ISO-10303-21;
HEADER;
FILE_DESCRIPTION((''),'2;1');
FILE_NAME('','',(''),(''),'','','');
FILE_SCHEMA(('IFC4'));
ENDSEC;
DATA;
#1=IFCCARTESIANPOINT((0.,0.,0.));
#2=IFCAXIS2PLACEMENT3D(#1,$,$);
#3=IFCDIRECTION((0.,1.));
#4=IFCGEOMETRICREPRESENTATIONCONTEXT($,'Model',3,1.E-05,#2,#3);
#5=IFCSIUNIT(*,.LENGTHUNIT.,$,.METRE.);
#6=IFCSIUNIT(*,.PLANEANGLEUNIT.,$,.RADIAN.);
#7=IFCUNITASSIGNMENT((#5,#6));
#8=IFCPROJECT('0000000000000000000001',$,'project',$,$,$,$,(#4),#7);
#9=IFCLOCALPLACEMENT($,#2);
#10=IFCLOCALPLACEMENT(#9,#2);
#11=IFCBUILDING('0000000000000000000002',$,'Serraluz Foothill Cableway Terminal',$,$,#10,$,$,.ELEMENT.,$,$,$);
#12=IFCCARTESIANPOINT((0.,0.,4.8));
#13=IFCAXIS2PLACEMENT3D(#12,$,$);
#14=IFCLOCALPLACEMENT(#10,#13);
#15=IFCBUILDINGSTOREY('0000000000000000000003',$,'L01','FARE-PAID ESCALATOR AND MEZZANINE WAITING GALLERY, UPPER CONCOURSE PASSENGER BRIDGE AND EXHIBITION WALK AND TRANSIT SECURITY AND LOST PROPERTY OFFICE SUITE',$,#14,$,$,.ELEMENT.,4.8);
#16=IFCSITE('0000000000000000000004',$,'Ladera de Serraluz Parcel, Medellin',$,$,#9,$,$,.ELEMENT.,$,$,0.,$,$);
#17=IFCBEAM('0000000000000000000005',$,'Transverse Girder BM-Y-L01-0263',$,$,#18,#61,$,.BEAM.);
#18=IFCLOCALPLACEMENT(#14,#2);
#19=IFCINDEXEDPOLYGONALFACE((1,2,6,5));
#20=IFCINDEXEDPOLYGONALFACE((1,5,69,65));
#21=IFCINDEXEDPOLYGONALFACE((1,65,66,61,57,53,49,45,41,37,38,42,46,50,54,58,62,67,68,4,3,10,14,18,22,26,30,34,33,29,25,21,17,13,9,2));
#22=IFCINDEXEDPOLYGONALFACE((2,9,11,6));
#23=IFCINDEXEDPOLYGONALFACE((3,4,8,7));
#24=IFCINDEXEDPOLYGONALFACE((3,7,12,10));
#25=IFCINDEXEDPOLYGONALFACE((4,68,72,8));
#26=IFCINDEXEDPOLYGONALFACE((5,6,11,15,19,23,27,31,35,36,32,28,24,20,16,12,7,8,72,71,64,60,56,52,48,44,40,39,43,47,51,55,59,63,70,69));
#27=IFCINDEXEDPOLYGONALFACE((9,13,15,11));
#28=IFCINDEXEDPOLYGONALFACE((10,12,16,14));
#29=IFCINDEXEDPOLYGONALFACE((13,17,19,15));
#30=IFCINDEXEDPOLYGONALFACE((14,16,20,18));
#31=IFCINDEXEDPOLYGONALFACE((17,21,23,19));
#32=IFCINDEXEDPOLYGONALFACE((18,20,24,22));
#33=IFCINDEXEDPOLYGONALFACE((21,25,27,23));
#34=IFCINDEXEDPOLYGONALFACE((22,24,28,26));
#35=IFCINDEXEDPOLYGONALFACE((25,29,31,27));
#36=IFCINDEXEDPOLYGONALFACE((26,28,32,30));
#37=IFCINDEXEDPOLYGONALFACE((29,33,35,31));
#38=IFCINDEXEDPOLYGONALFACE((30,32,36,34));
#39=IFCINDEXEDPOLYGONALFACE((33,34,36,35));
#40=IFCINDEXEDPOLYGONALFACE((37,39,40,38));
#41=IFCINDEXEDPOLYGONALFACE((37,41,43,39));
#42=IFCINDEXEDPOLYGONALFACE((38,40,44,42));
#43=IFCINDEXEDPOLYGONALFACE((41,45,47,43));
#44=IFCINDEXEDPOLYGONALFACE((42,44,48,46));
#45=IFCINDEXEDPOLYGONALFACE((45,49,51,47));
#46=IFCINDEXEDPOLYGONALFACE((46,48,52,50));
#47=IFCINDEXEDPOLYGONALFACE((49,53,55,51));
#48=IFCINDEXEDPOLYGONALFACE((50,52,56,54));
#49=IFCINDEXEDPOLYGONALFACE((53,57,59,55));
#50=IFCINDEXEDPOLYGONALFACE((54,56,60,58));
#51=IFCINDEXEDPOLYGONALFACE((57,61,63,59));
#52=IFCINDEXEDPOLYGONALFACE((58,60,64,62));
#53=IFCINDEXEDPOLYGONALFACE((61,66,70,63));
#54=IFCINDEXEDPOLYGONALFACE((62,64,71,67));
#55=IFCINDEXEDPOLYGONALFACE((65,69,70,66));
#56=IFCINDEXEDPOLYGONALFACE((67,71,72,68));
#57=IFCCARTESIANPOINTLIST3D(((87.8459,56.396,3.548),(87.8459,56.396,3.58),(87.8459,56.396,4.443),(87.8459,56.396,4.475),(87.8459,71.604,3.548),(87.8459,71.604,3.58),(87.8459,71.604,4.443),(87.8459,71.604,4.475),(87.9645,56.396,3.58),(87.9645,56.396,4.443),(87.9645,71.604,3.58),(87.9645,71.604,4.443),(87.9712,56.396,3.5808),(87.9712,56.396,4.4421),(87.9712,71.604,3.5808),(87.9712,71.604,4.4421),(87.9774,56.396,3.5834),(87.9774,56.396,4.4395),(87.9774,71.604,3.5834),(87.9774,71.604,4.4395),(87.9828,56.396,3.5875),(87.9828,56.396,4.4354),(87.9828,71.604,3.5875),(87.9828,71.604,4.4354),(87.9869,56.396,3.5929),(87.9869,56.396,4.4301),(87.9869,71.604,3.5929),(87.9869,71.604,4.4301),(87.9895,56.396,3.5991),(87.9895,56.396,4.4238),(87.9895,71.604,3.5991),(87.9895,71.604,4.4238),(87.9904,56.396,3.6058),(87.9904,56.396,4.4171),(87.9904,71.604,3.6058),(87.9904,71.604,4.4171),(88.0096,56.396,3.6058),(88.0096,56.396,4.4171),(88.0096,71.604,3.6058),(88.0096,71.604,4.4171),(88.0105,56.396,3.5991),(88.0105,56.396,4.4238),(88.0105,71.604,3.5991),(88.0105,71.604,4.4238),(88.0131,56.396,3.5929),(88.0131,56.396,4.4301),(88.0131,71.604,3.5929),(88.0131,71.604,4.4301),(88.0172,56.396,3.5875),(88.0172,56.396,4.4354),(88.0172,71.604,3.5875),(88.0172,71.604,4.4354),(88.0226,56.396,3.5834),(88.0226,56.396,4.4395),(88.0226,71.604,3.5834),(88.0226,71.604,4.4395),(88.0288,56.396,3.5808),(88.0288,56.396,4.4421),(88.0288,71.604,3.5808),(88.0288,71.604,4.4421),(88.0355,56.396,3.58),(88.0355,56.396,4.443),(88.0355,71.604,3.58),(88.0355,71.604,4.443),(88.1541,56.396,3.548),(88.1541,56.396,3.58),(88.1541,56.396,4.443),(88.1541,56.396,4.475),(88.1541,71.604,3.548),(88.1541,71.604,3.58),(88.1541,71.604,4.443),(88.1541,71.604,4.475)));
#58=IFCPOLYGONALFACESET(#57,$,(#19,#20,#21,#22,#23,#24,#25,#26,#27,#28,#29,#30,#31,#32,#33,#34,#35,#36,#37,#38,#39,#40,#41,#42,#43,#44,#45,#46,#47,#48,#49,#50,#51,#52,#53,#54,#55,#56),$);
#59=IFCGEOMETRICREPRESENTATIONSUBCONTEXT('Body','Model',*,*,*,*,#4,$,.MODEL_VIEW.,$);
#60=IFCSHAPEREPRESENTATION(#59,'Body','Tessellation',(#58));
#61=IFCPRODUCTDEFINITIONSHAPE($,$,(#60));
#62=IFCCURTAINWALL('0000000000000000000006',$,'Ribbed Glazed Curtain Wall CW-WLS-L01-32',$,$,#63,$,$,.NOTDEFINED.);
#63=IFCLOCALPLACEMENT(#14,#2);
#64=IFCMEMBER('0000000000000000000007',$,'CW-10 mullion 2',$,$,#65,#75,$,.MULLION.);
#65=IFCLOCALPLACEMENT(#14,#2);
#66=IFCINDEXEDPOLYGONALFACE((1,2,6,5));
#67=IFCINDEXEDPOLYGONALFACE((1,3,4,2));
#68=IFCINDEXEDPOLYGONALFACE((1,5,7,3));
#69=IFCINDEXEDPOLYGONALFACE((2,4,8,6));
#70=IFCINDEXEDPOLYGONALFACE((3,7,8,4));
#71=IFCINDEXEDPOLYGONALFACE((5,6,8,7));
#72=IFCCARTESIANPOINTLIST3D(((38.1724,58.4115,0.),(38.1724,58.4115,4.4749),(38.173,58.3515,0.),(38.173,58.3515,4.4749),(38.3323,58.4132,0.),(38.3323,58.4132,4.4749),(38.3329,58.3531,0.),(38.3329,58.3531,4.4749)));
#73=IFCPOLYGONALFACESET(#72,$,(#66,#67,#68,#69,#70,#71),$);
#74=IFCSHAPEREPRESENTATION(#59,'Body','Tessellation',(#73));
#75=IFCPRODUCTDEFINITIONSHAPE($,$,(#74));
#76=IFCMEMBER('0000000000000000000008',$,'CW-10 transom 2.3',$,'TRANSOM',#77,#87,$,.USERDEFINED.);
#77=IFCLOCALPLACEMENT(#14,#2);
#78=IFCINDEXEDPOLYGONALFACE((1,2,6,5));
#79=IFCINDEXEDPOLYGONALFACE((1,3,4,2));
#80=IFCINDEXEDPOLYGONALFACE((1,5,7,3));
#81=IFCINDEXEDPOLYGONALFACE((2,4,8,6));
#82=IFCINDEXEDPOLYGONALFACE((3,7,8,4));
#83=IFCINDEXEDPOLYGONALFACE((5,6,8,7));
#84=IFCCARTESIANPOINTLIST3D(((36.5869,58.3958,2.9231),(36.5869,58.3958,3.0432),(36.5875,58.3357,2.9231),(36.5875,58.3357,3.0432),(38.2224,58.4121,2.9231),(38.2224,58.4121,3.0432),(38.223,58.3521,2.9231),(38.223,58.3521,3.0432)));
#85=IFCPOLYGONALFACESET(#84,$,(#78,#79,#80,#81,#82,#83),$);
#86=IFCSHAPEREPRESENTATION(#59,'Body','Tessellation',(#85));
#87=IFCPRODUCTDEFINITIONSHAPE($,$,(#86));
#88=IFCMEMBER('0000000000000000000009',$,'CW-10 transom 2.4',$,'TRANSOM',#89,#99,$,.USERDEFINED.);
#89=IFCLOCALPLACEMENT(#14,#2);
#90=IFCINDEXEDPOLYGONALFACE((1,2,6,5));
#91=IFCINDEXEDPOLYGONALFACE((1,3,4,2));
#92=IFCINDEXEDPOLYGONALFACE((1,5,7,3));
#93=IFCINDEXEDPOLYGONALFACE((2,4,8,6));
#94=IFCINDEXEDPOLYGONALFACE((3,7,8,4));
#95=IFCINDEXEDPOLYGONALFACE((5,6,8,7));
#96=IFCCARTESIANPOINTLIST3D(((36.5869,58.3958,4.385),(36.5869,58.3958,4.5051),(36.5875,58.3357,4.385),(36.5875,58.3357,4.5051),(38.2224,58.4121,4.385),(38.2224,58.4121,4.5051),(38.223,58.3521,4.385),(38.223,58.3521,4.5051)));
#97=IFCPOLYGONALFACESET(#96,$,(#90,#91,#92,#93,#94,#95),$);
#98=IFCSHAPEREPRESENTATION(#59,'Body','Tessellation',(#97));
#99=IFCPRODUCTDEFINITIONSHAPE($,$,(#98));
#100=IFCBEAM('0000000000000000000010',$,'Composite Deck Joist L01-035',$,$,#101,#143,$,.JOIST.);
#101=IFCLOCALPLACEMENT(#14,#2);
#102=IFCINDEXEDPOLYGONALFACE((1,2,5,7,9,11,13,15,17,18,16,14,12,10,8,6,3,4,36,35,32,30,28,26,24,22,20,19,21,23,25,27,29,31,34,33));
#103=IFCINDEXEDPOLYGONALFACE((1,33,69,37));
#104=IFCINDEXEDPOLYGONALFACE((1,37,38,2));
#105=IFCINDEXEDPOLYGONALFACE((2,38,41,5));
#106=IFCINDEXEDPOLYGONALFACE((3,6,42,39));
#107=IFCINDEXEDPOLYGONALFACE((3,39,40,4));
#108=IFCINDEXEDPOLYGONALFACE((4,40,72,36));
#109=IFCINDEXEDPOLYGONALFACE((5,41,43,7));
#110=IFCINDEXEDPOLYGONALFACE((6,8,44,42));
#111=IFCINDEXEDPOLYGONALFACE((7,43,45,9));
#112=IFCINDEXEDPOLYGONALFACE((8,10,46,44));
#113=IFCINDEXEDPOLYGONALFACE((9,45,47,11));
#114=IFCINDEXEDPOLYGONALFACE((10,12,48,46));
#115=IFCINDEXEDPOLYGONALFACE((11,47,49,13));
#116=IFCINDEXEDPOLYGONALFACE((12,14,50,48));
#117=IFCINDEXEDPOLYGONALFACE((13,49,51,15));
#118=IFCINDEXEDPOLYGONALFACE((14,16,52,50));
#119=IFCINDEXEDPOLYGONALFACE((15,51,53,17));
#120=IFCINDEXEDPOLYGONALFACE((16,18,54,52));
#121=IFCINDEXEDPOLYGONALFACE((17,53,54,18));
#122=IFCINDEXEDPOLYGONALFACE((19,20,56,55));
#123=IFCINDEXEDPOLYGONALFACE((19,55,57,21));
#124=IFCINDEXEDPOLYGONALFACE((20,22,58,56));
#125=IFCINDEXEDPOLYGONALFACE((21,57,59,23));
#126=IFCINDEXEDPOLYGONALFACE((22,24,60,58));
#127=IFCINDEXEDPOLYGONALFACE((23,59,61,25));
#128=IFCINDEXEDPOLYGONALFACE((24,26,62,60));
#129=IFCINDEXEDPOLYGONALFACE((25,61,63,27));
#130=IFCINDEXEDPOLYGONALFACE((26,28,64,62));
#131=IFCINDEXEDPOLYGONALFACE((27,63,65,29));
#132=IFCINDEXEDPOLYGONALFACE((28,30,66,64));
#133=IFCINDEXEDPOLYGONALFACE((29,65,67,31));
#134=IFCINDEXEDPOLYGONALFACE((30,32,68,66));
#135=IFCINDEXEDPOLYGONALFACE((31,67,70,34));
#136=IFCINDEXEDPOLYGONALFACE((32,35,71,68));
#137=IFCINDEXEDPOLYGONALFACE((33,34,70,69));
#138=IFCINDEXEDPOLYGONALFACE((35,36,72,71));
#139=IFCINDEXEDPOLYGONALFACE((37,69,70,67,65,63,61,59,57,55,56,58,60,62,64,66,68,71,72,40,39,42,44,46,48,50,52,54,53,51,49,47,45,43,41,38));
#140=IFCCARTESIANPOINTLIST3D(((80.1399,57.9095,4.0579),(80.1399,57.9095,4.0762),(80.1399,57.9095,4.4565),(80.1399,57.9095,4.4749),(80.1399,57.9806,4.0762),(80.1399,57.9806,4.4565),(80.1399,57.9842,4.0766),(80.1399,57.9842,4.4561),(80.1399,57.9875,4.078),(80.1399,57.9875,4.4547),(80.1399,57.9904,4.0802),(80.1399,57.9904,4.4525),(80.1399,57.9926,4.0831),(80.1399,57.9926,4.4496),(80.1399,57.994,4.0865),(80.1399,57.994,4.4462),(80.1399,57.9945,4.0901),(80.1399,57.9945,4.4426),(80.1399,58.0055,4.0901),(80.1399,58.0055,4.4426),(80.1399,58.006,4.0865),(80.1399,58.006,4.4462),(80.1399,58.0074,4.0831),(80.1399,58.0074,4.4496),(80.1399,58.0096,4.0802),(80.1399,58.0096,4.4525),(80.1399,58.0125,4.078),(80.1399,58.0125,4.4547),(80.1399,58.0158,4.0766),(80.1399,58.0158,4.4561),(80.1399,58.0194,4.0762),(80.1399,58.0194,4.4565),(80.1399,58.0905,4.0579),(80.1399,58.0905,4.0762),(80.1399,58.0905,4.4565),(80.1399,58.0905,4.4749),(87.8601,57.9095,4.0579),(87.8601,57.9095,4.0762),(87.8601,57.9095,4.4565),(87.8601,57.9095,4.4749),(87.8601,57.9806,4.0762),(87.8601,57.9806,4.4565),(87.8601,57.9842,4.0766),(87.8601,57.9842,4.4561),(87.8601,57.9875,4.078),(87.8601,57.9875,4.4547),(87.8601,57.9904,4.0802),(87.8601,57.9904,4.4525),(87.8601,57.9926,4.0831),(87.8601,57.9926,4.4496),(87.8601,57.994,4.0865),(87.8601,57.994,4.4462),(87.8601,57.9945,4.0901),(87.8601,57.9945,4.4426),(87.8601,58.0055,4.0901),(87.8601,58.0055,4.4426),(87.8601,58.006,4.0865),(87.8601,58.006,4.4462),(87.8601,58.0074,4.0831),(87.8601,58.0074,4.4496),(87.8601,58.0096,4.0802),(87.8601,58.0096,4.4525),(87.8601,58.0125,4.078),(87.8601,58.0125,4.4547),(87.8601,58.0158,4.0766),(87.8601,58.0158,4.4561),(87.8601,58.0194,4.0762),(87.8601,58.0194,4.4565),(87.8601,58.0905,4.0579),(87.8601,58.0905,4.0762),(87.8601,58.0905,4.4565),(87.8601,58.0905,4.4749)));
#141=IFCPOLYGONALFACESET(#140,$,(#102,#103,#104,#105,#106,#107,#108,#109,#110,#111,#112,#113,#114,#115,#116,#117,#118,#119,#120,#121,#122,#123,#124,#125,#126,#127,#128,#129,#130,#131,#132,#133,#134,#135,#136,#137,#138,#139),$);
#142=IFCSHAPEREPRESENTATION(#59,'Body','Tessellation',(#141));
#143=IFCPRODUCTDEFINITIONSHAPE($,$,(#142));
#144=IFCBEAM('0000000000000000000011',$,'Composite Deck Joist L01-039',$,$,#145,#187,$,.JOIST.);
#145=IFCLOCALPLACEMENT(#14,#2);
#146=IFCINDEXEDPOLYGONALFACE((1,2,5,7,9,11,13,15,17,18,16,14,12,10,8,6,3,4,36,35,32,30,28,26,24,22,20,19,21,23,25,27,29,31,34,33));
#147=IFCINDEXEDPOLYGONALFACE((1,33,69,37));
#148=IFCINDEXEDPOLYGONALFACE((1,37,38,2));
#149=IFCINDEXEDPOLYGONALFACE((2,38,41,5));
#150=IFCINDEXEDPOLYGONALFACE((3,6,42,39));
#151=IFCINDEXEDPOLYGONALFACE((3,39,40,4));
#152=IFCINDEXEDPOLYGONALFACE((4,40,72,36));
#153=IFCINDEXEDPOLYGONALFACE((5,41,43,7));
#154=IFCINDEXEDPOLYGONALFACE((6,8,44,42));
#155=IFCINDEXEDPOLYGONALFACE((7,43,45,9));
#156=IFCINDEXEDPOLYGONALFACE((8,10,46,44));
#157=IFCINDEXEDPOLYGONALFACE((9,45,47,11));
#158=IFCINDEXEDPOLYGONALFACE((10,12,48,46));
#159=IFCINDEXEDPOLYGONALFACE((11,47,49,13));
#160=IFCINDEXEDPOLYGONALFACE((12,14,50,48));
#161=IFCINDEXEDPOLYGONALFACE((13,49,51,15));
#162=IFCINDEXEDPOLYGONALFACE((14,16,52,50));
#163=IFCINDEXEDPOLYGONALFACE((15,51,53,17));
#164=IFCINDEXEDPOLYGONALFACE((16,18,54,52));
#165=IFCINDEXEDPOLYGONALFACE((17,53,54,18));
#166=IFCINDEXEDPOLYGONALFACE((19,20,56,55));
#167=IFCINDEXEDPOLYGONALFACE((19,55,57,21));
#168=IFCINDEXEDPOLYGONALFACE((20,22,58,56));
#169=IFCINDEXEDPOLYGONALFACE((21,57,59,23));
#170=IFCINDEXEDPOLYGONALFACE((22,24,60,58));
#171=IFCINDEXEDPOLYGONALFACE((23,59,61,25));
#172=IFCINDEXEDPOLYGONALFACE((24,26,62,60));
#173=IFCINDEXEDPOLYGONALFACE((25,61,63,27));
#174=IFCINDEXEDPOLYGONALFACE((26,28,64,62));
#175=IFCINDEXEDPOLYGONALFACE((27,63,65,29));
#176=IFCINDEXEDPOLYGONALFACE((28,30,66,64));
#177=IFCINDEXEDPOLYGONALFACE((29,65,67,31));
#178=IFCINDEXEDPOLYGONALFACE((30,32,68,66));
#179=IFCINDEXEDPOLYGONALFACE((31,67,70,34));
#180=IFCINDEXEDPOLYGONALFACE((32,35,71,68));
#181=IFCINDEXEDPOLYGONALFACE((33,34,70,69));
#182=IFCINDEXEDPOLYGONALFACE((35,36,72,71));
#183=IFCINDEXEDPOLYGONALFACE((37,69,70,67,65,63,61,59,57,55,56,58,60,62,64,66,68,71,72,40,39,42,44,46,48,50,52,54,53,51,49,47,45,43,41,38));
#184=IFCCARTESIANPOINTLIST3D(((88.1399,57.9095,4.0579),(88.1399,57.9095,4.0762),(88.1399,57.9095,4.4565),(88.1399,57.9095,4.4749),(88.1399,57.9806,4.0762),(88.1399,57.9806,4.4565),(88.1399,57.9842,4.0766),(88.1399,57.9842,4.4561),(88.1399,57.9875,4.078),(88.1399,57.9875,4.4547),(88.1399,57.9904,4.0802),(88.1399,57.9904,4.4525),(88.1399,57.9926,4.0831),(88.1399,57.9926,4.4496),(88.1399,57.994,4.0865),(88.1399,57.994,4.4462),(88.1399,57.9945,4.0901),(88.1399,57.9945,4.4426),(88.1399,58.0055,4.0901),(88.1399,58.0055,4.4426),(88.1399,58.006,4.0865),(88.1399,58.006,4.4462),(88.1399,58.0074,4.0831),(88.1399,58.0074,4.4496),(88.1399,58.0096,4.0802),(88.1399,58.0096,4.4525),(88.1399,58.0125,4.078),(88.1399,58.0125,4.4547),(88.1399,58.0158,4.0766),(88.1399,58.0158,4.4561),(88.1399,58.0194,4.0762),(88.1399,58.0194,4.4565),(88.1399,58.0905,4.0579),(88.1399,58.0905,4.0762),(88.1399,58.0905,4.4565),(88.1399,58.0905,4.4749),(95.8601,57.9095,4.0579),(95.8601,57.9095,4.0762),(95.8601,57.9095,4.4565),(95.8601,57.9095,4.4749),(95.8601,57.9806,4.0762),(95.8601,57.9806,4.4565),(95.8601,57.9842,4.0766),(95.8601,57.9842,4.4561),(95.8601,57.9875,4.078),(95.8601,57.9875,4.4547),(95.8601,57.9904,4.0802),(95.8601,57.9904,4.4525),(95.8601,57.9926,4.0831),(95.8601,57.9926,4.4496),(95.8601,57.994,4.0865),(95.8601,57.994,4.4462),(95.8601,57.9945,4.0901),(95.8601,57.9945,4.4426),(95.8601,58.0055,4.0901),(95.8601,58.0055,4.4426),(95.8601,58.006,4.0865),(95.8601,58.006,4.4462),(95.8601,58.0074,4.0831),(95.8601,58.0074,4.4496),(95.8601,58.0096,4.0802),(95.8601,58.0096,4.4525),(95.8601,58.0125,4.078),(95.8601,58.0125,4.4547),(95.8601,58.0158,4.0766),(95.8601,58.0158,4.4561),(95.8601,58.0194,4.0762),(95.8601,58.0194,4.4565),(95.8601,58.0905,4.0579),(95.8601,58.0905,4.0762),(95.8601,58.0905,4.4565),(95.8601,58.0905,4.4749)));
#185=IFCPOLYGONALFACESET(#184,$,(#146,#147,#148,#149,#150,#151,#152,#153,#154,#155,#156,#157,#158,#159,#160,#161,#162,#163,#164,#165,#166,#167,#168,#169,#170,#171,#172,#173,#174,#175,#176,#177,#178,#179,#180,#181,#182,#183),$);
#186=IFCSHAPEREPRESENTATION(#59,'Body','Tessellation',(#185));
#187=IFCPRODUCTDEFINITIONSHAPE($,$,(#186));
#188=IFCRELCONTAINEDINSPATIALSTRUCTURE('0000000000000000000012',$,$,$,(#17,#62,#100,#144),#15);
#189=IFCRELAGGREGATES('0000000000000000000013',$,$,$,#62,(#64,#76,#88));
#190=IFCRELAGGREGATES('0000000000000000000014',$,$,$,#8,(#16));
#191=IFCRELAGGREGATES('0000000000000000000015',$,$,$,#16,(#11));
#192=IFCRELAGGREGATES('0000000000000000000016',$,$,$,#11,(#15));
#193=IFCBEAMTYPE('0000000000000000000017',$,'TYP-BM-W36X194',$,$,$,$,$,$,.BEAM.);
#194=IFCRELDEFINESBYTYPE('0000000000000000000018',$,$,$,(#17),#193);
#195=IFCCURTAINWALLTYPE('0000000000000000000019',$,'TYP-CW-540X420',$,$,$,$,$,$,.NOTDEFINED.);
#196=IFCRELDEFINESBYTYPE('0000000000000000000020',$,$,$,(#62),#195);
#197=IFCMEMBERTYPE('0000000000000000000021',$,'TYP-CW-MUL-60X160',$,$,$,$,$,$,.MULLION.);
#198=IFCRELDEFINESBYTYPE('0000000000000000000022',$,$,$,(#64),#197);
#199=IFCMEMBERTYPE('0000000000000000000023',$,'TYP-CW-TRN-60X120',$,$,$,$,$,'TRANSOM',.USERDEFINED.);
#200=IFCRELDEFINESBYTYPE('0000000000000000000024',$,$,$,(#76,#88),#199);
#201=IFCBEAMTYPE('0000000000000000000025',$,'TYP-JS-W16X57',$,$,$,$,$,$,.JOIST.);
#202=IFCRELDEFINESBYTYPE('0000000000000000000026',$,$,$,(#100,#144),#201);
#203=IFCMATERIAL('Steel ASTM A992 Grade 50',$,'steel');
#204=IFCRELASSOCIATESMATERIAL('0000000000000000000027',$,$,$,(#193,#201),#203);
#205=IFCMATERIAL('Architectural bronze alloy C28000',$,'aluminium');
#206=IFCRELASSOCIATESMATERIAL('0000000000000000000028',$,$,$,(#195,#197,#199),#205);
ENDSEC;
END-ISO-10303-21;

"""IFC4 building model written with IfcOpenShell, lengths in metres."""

from ifc_helpers import new_model, si_unit, direction, frame, origin, origin_2d, place, context, subcontext, project, spatial, rectangle, i_section, extrude, material, material_profile, profile_set, type_object, element, aggregate, save


model = new_model("IFC4")

# Units and contexts
model_context = context("Model", 3, precision=1e-05, world=origin(), true_north=direction((0.0, 1.0)))
body_context = subcontext(model_context, "Body", "Model", "MODEL_VIEW")
ifc_project = project(units=[si_unit("LENGTHUNIT", "METRE"), si_unit("PLANEANGLEUNIT", "RADIAN")], contexts=[model_context])

# Site, building, storey
site_placement = place(None, origin())
site = spatial("IfcSite", under=ifc_project, at=site_placement, Name="Ladera de Serraluz Parcel, Medellin", CompositionType="ELEMENT", RefElevation=0.0)
building_placement = place(site_placement, origin())
building = spatial("IfcBuilding", under=site, at=building_placement, Name="Serraluz Foothill Cableway Terminal", CompositionType="ELEMENT")
storey_placement = place(building_placement, frame((0.0, 0.0, 4.8)))
storey = spatial("IfcBuildingStorey", under=building, at=storey_placement, Name="L01", Description="FARE-PAID ESCALATOR AND MEZZANINE WAITING GALLERY, UPPER CONCOURSE PASSENGER BRIDGE AND EXHIBITION WALK AND TRANSIT SECURITY AND LOST PROPERTY OFFICE SUITE", CompositionType="ELEMENT", Elevation=4.8)

# Beam
ifc_material_1 = material(Name="Steel ASTM A992 Grade 50", Category="steel")
ifc_material_profile_1 = material_profile(ifc_material_1, i_section(OverallWidth=0.3081, OverallDepth=0.927, WebThickness=0.0193, FlangeThickness=0.032, FilletRadius=0.0259, at=origin_2d()), Name="W36X194")
ifc_profile_set_1 = profile_set([ifc_material_profile_1], Name="Steel ASTM A992 Grade 50")
beam_type_1 = type_object("IfcBeamType", Name="TYP-BM-W36X194", PredefinedType="BEAM", material=ifc_profile_set_1)
beam_1_placement = place(storey_placement, frame((88.0, 56.396, 4.0115), z_axis=(0.0, 1.0, 0.0), x_axis=(-1.0, 0.0, 0.0)))
element("IfcBeam", 1, at=beam_1_placement, inside=storey, type_object=beam_type_1, Name="Transverse Girder BM-Y-L01-0263", PredefinedType="BEAM", context=body_context, shape_type="SweptSolid", body=[
    extrude(i_section(OverallWidth=0.3081, OverallDepth=0.927, WebThickness=0.0193, FlangeThickness=0.032, FilletRadius=0.0259, at=origin_2d()), origin(), (0.0, 0.0, 1.0), 15.208),
])

# Curtain wall, members
ifc_material_2 = material(Name="Architectural bronze alloy C28000", Category="aluminium")
curtain_wall_type = type_object("IfcCurtainWallType", Name="TYP-CW-540X420", PredefinedType="NOTDEFINED", material=ifc_material_2)
curtain_wall_placement = place(storey_placement, origin())
curtain_wall = element("IfcCurtainWall", 2, at=curtain_wall_placement, inside=storey, type_object=curtain_wall_type, Name="Ribbed Glazed Curtain Wall CW-WLS-L01-32", PredefinedType="NOTDEFINED")
ifc_material_profile_2 = material_profile(ifc_material_2, rectangle(XDim=0.0601, YDim=0.1599, at=origin_2d()), Name="ALU MULLION 60x160")
ifc_profile_set_2 = profile_set([ifc_material_profile_2], Name="Architectural bronze alloy C28000")
member_type_1 = type_object("IfcMemberType", Name="TYP-CW-MUL-60X160", PredefinedType="MULLION", material=ifc_profile_set_2)
member_1_placement = place(storey_placement, frame((38.2527, 58.3823, 0.0), z_axis=(0.0, 0.0, 1.0), x_axis=(0.010066, -0.999949, 0.0)))
member_1 = element("IfcMember", 3, at=member_1_placement, type_object=member_type_1, Name="CW-10 mullion 2", PredefinedType="MULLION", context=body_context, shape_type="SweptSolid", body=[
    extrude(rectangle(XDim=0.0601, YDim=0.1599, at=origin_2d()), origin(), (0.0, 0.0, 1.0), 4.4749),
])
ifc_material_profile_3 = material_profile(ifc_material_2, rectangle(XDim=0.0601, YDim=0.1201, at=origin_2d()), Name="ALU TRANSOM 60x120")
ifc_profile_set_3 = profile_set([ifc_material_profile_3], Name="Architectural bronze alloy C28000")
member_type_2 = type_object("IfcMemberType", Name="TYP-CW-TRN-60X120", ElementType="TRANSOM", PredefinedType="USERDEFINED", material=ifc_profile_set_3)
member_2_placement = place(storey_placement, frame((38.2227, 58.3821, 2.9832), z_axis=(-0.99995, -0.010001, 0.0), x_axis=(0.010001, -0.99995, 0.0)))
member_2 = element("IfcMember", 4, at=member_2_placement, type_object=member_type_2, Name="CW-10 transom 2.3", ObjectType="TRANSOM", PredefinedType="USERDEFINED", context=body_context, shape_type="SweptSolid", body=[
    extrude(rectangle(XDim=0.0601, YDim=0.1201, at=origin_2d()), origin(), (0.0, 0.0, 1.0), 1.6355),
])
member_3_placement = place(storey_placement, frame((38.2227, 58.3821, 4.4451), z_axis=(-0.99995, -0.010001, 0.0), x_axis=(0.010001, -0.99995, 0.0)))
member_3 = element("IfcMember", 5, at=member_3_placement, type_object=member_type_2, Name="CW-10 transom 2.4", ObjectType="TRANSOM", PredefinedType="USERDEFINED", context=body_context, shape_type="SweptSolid", body=[
    extrude(rectangle(XDim=0.0601, YDim=0.1201, at=origin_2d()), origin(), (0.0, 0.0, 1.0), 1.6355),
])

# Beams
ifc_material_profile_4 = material_profile(ifc_material_1, i_section(OverallWidth=0.1809, OverallDepth=0.417, WebThickness=0.011, FlangeThickness=0.0183, FilletRadius=0.0139, at=origin_2d()), Name="W16X57")
ifc_profile_set_4 = profile_set([ifc_material_profile_4], Name="Steel ASTM A992 Grade 50")
beam_type_2 = type_object("IfcBeamType", Name="TYP-JS-W16X57", PredefinedType="JOIST", material=ifc_profile_set_4)
for number, where, z_axis, x_axis, name in (
    (6, (80.1399, 58.0, 4.2664), (1.0, 0.0, 0.0), (0.0, 1.0, 0.0), "Composite Deck Joist L01-035"),
    (7, (88.1399, 58.0, 4.2664), (1.0, 0.0, 0.0), (0.0, 1.0, 0.0), "Composite Deck Joist L01-039"),
):
    element("IfcBeam", number, at=place(storey_placement, frame(where, z_axis=z_axis, x_axis=x_axis)), inside=storey, type_object=beam_type_2, Name=name, PredefinedType="JOIST", context=body_context, shape_type="SweptSolid", body=[
        extrude(i_section(OverallWidth=0.1809, OverallDepth=0.417, WebThickness=0.011, FlangeThickness=0.0183, FilletRadius=0.0139, at=origin_2d()), origin(), (0.0, 0.0, 1.0), 7.7202),
    ])

aggregate(curtain_wall, [member_1, member_2, member_3])

save(model, "model.ifc")
